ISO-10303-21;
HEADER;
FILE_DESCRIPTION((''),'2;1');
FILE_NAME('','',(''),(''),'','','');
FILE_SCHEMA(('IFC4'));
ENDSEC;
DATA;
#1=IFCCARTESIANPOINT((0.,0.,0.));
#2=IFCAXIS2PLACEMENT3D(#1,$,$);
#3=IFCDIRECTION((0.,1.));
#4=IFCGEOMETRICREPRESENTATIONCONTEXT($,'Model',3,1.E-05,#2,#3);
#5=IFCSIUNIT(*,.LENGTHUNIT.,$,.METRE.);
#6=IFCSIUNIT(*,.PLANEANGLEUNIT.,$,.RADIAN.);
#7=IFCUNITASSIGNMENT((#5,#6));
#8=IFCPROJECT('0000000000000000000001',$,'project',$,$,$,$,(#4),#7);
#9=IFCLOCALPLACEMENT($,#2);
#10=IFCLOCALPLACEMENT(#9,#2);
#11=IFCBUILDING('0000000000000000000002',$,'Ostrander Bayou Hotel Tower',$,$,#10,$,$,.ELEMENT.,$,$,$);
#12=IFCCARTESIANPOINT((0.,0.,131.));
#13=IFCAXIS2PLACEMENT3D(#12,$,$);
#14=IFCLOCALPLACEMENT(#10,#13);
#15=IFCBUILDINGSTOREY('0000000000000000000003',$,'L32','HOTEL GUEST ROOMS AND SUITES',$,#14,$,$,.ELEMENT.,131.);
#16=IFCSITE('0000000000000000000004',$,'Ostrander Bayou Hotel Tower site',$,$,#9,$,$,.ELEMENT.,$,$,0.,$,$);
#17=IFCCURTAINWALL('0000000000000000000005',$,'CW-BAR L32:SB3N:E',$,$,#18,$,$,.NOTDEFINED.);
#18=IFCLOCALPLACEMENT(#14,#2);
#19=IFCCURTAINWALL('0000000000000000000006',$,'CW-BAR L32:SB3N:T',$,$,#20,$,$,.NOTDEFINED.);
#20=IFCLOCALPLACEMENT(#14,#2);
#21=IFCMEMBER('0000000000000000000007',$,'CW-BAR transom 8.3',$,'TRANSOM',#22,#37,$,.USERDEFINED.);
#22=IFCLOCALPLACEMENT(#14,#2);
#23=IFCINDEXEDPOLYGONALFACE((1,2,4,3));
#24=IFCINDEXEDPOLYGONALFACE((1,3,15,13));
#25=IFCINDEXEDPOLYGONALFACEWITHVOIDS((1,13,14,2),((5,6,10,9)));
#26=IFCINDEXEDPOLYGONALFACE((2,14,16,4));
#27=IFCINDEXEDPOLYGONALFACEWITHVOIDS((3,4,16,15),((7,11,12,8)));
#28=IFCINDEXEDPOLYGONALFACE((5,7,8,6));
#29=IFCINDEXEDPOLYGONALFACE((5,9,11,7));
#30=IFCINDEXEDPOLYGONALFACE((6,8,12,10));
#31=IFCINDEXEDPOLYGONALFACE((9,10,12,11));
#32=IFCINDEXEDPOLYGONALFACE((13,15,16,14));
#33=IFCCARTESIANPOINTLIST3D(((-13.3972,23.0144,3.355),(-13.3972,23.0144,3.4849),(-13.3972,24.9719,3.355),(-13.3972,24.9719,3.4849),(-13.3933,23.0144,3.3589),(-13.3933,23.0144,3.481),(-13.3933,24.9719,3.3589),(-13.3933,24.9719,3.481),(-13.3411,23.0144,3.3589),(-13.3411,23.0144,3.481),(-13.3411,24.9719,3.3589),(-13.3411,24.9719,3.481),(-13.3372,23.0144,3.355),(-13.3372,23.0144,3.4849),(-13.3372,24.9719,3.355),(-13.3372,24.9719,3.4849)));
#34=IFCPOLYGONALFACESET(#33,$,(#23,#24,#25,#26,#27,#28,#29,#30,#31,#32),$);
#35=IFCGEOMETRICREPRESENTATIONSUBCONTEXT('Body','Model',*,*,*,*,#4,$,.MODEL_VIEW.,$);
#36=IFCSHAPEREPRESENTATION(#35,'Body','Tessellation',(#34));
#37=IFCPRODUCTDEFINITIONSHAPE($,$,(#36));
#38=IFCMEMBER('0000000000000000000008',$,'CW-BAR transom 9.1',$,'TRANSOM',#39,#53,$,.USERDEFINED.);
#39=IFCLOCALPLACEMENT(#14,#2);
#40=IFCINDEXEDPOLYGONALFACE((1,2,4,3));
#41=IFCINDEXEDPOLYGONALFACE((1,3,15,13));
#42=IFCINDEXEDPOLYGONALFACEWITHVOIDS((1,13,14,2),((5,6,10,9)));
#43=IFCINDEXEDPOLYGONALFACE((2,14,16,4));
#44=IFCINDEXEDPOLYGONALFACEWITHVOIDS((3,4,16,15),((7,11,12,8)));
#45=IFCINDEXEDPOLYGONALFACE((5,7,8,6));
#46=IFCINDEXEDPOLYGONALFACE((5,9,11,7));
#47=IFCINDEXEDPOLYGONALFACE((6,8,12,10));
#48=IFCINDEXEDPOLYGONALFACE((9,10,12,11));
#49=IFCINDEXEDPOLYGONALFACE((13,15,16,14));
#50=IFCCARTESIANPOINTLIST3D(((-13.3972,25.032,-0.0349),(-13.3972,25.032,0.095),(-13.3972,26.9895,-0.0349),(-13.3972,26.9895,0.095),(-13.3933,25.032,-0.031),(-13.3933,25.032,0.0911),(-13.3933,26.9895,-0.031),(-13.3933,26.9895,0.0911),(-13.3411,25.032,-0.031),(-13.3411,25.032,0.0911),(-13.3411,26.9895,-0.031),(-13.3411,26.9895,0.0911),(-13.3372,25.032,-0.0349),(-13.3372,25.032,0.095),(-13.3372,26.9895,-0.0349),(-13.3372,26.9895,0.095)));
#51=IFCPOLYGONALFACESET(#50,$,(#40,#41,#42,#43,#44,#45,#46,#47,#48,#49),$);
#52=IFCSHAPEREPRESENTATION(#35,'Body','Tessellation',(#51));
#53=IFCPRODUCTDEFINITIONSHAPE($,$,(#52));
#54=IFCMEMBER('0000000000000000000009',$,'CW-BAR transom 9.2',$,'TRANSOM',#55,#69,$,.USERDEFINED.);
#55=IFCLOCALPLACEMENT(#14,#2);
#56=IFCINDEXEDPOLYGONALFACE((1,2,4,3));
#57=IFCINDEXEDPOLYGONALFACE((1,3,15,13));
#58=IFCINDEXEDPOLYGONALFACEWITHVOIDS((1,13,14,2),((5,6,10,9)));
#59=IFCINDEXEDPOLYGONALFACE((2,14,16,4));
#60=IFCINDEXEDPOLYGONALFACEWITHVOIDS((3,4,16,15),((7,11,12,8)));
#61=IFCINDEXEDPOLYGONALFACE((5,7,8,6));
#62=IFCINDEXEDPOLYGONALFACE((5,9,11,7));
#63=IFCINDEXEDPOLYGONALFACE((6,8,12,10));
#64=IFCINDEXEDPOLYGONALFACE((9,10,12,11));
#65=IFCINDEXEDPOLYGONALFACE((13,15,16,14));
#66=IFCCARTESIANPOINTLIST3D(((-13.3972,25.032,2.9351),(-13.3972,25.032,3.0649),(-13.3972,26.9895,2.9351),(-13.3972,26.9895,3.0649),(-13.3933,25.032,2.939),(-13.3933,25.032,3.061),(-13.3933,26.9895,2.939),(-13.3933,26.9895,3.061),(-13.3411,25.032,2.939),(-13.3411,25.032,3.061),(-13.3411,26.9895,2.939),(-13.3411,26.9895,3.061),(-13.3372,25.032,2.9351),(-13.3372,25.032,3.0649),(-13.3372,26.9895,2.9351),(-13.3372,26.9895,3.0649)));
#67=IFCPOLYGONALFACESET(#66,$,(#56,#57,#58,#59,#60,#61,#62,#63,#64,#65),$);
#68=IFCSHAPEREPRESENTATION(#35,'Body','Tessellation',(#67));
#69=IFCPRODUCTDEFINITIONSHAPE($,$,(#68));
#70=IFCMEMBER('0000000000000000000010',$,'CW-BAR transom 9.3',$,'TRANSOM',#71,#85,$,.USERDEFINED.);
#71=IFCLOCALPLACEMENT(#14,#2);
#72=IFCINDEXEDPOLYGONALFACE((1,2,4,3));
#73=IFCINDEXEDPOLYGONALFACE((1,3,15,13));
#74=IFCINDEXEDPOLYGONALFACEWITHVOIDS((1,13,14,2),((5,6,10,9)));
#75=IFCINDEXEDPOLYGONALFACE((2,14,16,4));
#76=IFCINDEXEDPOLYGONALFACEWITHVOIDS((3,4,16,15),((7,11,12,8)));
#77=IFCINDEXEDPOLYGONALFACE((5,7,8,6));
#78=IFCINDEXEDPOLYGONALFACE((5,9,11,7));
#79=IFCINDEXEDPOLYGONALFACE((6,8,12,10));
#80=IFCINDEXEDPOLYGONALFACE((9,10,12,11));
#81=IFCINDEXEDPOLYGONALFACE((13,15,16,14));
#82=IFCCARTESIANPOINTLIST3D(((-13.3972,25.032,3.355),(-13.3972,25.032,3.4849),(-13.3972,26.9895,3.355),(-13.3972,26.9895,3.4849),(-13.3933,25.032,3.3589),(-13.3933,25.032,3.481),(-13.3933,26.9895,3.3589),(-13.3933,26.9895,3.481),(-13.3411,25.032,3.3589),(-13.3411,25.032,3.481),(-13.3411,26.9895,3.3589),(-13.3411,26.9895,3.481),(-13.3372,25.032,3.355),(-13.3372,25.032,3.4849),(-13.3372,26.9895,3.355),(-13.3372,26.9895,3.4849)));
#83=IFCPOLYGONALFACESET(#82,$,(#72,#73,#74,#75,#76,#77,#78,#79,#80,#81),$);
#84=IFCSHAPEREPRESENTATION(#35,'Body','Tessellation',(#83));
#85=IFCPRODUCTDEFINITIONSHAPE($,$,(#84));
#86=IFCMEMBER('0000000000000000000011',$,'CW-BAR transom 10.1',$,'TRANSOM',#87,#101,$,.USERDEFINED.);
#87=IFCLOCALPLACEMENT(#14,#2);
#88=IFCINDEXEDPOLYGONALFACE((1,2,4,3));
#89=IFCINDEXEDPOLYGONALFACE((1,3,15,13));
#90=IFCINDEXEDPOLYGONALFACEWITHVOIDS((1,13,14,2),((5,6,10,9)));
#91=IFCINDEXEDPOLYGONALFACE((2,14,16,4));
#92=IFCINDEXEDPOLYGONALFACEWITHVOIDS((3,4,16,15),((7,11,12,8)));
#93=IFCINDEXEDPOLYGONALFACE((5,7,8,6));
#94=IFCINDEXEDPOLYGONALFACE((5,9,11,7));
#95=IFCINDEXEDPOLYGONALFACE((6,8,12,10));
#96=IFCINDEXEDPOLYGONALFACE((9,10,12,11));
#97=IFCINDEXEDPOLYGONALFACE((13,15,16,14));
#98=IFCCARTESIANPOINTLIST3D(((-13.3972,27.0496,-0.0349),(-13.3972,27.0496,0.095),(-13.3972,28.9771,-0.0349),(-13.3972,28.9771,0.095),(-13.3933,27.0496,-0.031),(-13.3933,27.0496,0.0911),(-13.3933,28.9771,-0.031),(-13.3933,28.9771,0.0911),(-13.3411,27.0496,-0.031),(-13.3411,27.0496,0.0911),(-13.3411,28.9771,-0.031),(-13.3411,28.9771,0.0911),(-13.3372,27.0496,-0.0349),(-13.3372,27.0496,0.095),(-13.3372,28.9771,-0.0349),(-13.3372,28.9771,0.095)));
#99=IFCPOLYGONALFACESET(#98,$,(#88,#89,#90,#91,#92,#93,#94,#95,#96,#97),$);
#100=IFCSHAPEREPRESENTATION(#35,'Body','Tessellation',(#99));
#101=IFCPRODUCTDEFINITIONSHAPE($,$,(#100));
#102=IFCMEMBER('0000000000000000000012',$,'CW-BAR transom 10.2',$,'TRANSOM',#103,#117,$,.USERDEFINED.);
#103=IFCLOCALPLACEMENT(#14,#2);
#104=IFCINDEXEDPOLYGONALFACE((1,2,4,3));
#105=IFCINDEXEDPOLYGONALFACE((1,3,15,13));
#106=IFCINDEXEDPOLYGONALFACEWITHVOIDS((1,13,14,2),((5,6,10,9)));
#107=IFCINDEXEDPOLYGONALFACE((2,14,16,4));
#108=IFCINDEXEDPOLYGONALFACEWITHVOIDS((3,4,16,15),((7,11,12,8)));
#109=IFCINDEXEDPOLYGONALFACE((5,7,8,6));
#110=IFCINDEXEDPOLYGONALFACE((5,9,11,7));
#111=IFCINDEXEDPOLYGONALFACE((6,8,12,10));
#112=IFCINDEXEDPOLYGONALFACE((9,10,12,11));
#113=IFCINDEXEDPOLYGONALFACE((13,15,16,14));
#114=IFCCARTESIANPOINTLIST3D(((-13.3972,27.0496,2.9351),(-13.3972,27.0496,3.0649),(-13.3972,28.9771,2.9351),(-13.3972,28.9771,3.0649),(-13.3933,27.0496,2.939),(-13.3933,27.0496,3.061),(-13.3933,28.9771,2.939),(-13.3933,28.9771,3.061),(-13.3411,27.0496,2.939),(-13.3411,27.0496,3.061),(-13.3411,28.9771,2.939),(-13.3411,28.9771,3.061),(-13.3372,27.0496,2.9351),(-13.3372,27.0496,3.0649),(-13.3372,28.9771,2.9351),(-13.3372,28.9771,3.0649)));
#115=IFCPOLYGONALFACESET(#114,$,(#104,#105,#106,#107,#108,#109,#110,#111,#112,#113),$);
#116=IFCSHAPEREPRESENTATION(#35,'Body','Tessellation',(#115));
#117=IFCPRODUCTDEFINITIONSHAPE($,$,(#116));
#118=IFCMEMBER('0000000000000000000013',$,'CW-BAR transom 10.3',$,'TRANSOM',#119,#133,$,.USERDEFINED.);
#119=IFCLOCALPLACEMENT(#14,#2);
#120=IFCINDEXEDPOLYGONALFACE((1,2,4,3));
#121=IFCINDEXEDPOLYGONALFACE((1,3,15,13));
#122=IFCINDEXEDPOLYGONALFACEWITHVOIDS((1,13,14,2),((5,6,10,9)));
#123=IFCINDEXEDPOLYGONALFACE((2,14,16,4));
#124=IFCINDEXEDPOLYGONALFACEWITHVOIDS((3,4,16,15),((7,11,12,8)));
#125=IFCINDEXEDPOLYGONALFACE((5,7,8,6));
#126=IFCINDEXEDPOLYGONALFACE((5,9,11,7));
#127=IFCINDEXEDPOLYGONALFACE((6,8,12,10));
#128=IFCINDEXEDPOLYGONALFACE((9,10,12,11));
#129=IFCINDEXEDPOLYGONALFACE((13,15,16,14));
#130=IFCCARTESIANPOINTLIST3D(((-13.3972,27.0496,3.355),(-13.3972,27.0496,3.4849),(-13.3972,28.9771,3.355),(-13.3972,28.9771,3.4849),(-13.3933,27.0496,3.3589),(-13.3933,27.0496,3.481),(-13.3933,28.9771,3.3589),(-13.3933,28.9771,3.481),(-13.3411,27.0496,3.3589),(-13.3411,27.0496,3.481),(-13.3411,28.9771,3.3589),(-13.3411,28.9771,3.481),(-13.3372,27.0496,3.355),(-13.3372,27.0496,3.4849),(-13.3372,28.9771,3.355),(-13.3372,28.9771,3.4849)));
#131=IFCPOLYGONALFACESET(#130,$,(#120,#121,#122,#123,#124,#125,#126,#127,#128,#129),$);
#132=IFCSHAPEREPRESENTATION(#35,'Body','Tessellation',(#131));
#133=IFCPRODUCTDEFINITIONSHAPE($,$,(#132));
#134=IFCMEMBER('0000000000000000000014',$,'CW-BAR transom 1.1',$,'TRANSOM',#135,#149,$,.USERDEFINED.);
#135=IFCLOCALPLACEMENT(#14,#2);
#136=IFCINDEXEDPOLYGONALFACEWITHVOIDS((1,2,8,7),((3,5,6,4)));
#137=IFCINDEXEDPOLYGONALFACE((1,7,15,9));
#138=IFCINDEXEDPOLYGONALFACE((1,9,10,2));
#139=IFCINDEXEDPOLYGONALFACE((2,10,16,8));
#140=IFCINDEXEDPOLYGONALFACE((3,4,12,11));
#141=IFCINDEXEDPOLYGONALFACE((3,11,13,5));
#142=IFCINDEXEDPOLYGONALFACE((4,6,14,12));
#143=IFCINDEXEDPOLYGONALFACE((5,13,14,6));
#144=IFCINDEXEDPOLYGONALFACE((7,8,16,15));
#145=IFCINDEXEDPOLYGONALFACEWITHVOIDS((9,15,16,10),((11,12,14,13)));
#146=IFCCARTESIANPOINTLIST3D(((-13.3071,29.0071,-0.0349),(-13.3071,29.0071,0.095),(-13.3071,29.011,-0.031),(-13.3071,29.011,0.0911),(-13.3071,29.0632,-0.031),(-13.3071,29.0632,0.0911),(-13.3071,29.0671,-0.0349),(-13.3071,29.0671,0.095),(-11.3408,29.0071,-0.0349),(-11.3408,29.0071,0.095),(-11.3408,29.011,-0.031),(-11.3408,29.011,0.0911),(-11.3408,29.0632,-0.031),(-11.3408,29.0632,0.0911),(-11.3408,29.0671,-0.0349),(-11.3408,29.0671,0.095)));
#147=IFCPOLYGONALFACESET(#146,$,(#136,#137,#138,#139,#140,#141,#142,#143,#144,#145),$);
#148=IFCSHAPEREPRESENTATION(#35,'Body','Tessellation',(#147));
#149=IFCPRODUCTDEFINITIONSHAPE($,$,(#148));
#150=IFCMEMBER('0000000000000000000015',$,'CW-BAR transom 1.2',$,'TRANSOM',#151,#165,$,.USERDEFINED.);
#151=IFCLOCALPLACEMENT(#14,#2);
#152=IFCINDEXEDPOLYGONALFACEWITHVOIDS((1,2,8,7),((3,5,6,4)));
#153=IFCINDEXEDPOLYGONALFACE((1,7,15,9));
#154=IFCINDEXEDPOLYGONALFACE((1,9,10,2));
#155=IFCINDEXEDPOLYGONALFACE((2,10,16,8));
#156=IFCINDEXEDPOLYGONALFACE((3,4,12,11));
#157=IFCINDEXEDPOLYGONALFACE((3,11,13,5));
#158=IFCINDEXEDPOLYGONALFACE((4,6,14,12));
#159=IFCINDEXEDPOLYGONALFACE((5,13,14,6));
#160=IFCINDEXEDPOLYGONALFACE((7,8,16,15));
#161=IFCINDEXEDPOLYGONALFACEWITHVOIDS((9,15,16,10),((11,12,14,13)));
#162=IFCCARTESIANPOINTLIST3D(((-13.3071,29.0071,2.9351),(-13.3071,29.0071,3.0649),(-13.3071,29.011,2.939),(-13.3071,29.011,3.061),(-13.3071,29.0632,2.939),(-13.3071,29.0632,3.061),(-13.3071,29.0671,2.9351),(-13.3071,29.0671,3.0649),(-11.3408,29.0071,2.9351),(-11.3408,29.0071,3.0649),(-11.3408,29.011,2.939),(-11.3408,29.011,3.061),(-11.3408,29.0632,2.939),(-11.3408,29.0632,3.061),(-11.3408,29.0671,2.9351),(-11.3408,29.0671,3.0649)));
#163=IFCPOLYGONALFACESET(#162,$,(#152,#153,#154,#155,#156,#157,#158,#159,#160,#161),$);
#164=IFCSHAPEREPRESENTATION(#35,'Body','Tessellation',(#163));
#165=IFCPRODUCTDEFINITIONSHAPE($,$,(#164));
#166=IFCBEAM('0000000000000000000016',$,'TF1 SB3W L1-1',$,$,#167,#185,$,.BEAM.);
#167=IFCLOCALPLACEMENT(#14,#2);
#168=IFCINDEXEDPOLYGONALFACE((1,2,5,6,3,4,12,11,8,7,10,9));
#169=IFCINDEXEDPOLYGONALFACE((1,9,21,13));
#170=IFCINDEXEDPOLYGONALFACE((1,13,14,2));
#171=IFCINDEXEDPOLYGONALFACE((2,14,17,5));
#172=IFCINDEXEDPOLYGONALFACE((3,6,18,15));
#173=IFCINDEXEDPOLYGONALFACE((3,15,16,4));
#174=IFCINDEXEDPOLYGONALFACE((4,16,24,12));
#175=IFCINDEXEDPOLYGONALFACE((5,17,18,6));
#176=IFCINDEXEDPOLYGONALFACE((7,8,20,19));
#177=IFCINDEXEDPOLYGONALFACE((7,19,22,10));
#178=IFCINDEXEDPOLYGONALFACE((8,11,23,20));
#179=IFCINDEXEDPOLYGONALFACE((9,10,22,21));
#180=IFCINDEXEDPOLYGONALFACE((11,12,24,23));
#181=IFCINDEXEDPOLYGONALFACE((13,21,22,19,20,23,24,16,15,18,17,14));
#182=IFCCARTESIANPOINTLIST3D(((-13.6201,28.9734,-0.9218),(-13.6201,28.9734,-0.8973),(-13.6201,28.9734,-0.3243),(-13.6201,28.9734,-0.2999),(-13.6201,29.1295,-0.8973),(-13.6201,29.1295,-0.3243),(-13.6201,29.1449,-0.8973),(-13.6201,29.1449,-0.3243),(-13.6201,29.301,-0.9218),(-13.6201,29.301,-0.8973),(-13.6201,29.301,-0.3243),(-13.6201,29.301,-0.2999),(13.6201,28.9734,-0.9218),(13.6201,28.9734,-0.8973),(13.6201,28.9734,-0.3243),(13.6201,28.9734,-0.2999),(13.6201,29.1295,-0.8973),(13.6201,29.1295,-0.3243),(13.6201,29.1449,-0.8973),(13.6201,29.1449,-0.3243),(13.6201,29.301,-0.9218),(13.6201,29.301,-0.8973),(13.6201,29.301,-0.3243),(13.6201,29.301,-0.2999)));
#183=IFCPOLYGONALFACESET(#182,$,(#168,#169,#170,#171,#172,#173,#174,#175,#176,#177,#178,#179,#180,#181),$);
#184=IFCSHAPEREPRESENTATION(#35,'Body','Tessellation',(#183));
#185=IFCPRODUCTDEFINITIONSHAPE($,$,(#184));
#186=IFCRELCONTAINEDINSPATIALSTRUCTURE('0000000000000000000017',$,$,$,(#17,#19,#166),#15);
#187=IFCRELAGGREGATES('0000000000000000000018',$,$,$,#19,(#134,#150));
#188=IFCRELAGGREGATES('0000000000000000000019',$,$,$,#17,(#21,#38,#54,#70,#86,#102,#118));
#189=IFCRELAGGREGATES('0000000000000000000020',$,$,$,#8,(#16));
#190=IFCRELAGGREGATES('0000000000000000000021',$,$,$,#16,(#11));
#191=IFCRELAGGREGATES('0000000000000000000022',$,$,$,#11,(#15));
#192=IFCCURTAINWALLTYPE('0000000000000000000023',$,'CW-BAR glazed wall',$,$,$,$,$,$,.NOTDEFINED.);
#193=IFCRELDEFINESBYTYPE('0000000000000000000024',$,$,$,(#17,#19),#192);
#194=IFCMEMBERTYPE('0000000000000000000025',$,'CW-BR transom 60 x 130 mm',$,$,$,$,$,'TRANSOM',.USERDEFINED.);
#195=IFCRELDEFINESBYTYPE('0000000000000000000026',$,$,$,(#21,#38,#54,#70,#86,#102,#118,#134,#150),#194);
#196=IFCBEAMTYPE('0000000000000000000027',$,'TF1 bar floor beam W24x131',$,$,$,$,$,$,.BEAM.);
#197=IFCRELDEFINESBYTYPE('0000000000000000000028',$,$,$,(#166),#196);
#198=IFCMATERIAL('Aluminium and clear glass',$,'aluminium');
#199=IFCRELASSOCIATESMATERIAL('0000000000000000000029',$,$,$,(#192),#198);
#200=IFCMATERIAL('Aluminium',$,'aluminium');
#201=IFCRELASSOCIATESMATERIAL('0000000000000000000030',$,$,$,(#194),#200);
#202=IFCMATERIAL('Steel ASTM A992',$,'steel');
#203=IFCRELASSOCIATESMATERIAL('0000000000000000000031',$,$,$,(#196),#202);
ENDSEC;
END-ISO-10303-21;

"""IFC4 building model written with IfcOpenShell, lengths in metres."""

from ifc_helpers import new_model, si_unit, direction, frame, origin, origin_2d, place, context, subcontext, project, spatial, hollow_rectangle, i_section, extrude, material, material_profile, profile_set, type_object, element, aggregate, save


model = new_model("IFC4")

# Units and contexts
model_context = context("Model", 3, precision=1e-05, world=origin(), true_north=direction((0.0, 1.0)))
body_context = subcontext(model_context, "Body", "Model", "MODEL_VIEW")
ifc_project = project(units=[si_unit("LENGTHUNIT", "METRE"), si_unit("PLANEANGLEUNIT", "RADIAN")], contexts=[model_context])

# Site, building, storey
site_placement = place(None, origin())
site = spatial("IfcSite", under=ifc_project, at=site_placement, Name="Ostrander Bayou Hotel Tower site", CompositionType="ELEMENT", RefElevation=0.0)
building_placement = place(site_placement, origin())
building = spatial("IfcBuilding", under=site, at=building_placement, Name="Ostrander Bayou Hotel Tower", CompositionType="ELEMENT")
storey_placement = place(building_placement, frame((0.0, 0.0, 131.0)))
storey = spatial("IfcBuildingStorey", under=building, at=storey_placement, Name="L32", Description="HOTEL GUEST ROOMS AND SUITES", CompositionType="ELEMENT", Elevation=131.0)

# Curtain wall
ifc_material_1 = material(Name="Aluminium and clear glass", Category="aluminium")
curtain_wall_type = type_object("IfcCurtainWallType", Name="CW-BAR glazed wall", PredefinedType="NOTDEFINED", material=ifc_material_1)
curtain_wall_1_placement = place(storey_placement, origin())
curtain_wall_1 = element("IfcCurtainWall", 1, at=curtain_wall_1_placement, inside=storey, type_object=curtain_wall_type, Name="CW-BAR L32:SB3N:E", PredefinedType="NOTDEFINED")

# Curtain wall
curtain_wall_2_placement = place(storey_placement, origin())
curtain_wall_2 = element("IfcCurtainWall", 2, at=curtain_wall_2_placement, inside=storey, type_object=curtain_wall_type, Name="CW-BAR L32:SB3N:T", PredefinedType="NOTDEFINED")

# Members
ifc_material_2 = material(Name="Aluminium", Category="aluminium")
ifc_material_profile_1 = material_profile(ifc_material_2, hollow_rectangle(XDim=0.0601, YDim=0.1299, WallThickness=0.0039, at=origin_2d()))
ifc_profile_set_1 = profile_set([ifc_material_profile_1], Name="Aluminium")
member_type_1 = type_object("IfcMemberType", Name="CW-BR transom 60 x 130 mm", ElementType="TRANSOM", PredefinedType="USERDEFINED", material=ifc_profile_set_1)
member_1_placement = place(storey_placement, frame((-13.3672, 23.0144, 3.4199), z_axis=(0.0, 1.0, 0.0), x_axis=(-1.0, 0.0, 0.0)))
member_1 = element("IfcMember", 3, at=member_1_placement, type_object=member_type_1, Name="CW-BAR transom 8.3", ObjectType="TRANSOM", PredefinedType="USERDEFINED", context=body_context, shape_type="SweptSolid", body=[
    extrude(hollow_rectangle(XDim=0.0601, YDim=0.1299, WallThickness=0.0039, at=origin_2d()), origin(), (0.0, 0.0, 1.0), 1.9575),
])
member_2_placement = place(storey_placement, frame((-13.3672, 25.032, 0.03), z_axis=(0.0, 1.0, 0.0), x_axis=(-1.0, 0.0, 0.0)))
member_2 = element("IfcMember", 4, at=member_2_placement, type_object=member_type_1, Name="CW-BAR transom 9.1", ObjectType="TRANSOM", PredefinedType="USERDEFINED", context=body_context, shape_type="SweptSolid", body=[
    extrude(hollow_rectangle(XDim=0.0601, YDim=0.1299, WallThickness=0.0039, at=origin_2d()), origin(), (0.0, 0.0, 1.0), 1.9575),
])
member_3_placement = place(storey_placement, frame((-13.3672, 25.032, 3.0), z_axis=(0.0, 1.0, 0.0), x_axis=(-1.0, 0.0, 0.0)))
member_3 = element("IfcMember", 5, at=member_3_placement, type_object=member_type_1, Name="CW-BAR transom 9.2", ObjectType="TRANSOM", PredefinedType="USERDEFINED", context=body_context, shape_type="SweptSolid", body=[
    extrude(hollow_rectangle(XDim=0.0601, YDim=0.1299, WallThickness=0.0039, at=origin_2d()), origin(), (0.0, 0.0, 1.0), 1.9575),
])
member_4_placement = place(storey_placement, frame((-13.3672, 25.032, 3.4199), z_axis=(0.0, 1.0, 0.0), x_axis=(-1.0, 0.0, 0.0)))
member_4 = element("IfcMember", 6, at=member_4_placement, type_object=member_type_1, Name="CW-BAR transom 9.3", ObjectType="TRANSOM", PredefinedType="USERDEFINED", context=body_context, shape_type="SweptSolid", body=[
    extrude(hollow_rectangle(XDim=0.0601, YDim=0.1299, WallThickness=0.0039, at=origin_2d()), origin(), (0.0, 0.0, 1.0), 1.9575),
])
member_5_placement = place(storey_placement, frame((-13.3672, 27.0496, 0.03), z_axis=(0.0, 1.0, 0.0), x_axis=(-1.0, 0.0, 0.0)))
member_5 = element("IfcMember", 7, at=member_5_placement, type_object=member_type_1, Name="CW-BAR transom 10.1", ObjectType="TRANSOM", PredefinedType="USERDEFINED", context=body_context, shape_type="SweptSolid", body=[
    extrude(hollow_rectangle(XDim=0.0601, YDim=0.1299, WallThickness=0.0039, at=origin_2d()), origin(), (0.0, 0.0, 1.0), 1.9275),
])
member_6_placement = place(storey_placement, frame((-13.3672, 27.0496, 3.0), z_axis=(0.0, 1.0, 0.0), x_axis=(-1.0, 0.0, 0.0)))
member_6 = element("IfcMember", 8, at=member_6_placement, type_object=member_type_1, Name="CW-BAR transom 10.2", ObjectType="TRANSOM", PredefinedType="USERDEFINED", context=body_context, shape_type="SweptSolid", body=[
    extrude(hollow_rectangle(XDim=0.0601, YDim=0.1299, WallThickness=0.0039, at=origin_2d()), origin(), (0.0, 0.0, 1.0), 1.9275),
])
member_7_placement = place(storey_placement, frame((-13.3672, 27.0496, 3.4199), z_axis=(0.0, 1.0, 0.0), x_axis=(-1.0, 0.0, 0.0)))
member_7 = element("IfcMember", 9, at=member_7_placement, type_object=member_type_1, Name="CW-BAR transom 10.3", ObjectType="TRANSOM", PredefinedType="USERDEFINED", context=body_context, shape_type="SweptSolid", body=[
    extrude(hollow_rectangle(XDim=0.0601, YDim=0.1299, WallThickness=0.0039, at=origin_2d()), origin(), (0.0, 0.0, 1.0), 1.9275),
])
member_8_placement = place(storey_placement, frame((-13.3071, 29.0371, 0.03), z_axis=(1.0, 0.0, 0.0), x_axis=(0.0, 1.0, 0.0)))
member_8 = element("IfcMember", 10, at=member_8_placement, type_object=member_type_1, Name="CW-BAR transom 1.1", ObjectType="TRANSOM", PredefinedType="USERDEFINED", context=body_context, shape_type="SweptSolid", body=[
    extrude(hollow_rectangle(XDim=0.0601, YDim=0.1299, WallThickness=0.0039, at=origin_2d()), origin(), (0.0, 0.0, 1.0), 1.9663),
])
member_9_placement = place(storey_placement, frame((-13.3071, 29.0371, 3.0), z_axis=(1.0, 0.0, 0.0), x_axis=(0.0, 1.0, 0.0)))
member_9 = element("IfcMember", 11, at=member_9_placement, type_object=member_type_1, Name="CW-BAR transom 1.2", ObjectType="TRANSOM", PredefinedType="USERDEFINED", context=body_context, shape_type="SweptSolid", body=[
    extrude(hollow_rectangle(XDim=0.0601, YDim=0.1299, WallThickness=0.0039, at=origin_2d()), origin(), (0.0, 0.0, 1.0), 1.9663),
])
aggregate(curtain_wall_2, [member_8, member_9])

# Beam
ifc_material_3 = material(Name="Steel ASTM A992", Category="steel")
ifc_material_profile_2 = material_profile(ifc_material_3, i_section(OverallWidth=0.3276, OverallDepth=0.6218, WebThickness=0.0154, FlangeThickness=0.0244, at=origin_2d()))
ifc_profile_set_2 = profile_set([ifc_material_profile_2], Name="Steel ASTM A992")
beam_type = type_object("IfcBeamType", Name="TF1 bar floor beam W24x131", PredefinedType="BEAM", material=ifc_profile_set_2)
for number, where, z_axis, x_axis, name in (
    (12, (-13.6201, 29.1372, -0.6108), (1.0, 0.0, 0.0), (0.0, 1.0, 0.0), "TF1 SB3W L1-1"),
):
    element("IfcBeam", number, at=place(storey_placement, frame(where, z_axis=z_axis, x_axis=x_axis)), inside=storey, type_object=beam_type, Name=name, PredefinedType="BEAM", context=body_context, shape_type="SweptSolid", body=[
        extrude(i_section(OverallWidth=0.3276, OverallDepth=0.6218, WebThickness=0.0154, FlangeThickness=0.0244, at=origin_2d()), origin(), (0.0, 0.0, 1.0), 27.2402),
    ])

aggregate(curtain_wall_1, [member_1, member_2, member_3, member_4, member_5, member_6, member_7])

save(model, "model.ifc")
